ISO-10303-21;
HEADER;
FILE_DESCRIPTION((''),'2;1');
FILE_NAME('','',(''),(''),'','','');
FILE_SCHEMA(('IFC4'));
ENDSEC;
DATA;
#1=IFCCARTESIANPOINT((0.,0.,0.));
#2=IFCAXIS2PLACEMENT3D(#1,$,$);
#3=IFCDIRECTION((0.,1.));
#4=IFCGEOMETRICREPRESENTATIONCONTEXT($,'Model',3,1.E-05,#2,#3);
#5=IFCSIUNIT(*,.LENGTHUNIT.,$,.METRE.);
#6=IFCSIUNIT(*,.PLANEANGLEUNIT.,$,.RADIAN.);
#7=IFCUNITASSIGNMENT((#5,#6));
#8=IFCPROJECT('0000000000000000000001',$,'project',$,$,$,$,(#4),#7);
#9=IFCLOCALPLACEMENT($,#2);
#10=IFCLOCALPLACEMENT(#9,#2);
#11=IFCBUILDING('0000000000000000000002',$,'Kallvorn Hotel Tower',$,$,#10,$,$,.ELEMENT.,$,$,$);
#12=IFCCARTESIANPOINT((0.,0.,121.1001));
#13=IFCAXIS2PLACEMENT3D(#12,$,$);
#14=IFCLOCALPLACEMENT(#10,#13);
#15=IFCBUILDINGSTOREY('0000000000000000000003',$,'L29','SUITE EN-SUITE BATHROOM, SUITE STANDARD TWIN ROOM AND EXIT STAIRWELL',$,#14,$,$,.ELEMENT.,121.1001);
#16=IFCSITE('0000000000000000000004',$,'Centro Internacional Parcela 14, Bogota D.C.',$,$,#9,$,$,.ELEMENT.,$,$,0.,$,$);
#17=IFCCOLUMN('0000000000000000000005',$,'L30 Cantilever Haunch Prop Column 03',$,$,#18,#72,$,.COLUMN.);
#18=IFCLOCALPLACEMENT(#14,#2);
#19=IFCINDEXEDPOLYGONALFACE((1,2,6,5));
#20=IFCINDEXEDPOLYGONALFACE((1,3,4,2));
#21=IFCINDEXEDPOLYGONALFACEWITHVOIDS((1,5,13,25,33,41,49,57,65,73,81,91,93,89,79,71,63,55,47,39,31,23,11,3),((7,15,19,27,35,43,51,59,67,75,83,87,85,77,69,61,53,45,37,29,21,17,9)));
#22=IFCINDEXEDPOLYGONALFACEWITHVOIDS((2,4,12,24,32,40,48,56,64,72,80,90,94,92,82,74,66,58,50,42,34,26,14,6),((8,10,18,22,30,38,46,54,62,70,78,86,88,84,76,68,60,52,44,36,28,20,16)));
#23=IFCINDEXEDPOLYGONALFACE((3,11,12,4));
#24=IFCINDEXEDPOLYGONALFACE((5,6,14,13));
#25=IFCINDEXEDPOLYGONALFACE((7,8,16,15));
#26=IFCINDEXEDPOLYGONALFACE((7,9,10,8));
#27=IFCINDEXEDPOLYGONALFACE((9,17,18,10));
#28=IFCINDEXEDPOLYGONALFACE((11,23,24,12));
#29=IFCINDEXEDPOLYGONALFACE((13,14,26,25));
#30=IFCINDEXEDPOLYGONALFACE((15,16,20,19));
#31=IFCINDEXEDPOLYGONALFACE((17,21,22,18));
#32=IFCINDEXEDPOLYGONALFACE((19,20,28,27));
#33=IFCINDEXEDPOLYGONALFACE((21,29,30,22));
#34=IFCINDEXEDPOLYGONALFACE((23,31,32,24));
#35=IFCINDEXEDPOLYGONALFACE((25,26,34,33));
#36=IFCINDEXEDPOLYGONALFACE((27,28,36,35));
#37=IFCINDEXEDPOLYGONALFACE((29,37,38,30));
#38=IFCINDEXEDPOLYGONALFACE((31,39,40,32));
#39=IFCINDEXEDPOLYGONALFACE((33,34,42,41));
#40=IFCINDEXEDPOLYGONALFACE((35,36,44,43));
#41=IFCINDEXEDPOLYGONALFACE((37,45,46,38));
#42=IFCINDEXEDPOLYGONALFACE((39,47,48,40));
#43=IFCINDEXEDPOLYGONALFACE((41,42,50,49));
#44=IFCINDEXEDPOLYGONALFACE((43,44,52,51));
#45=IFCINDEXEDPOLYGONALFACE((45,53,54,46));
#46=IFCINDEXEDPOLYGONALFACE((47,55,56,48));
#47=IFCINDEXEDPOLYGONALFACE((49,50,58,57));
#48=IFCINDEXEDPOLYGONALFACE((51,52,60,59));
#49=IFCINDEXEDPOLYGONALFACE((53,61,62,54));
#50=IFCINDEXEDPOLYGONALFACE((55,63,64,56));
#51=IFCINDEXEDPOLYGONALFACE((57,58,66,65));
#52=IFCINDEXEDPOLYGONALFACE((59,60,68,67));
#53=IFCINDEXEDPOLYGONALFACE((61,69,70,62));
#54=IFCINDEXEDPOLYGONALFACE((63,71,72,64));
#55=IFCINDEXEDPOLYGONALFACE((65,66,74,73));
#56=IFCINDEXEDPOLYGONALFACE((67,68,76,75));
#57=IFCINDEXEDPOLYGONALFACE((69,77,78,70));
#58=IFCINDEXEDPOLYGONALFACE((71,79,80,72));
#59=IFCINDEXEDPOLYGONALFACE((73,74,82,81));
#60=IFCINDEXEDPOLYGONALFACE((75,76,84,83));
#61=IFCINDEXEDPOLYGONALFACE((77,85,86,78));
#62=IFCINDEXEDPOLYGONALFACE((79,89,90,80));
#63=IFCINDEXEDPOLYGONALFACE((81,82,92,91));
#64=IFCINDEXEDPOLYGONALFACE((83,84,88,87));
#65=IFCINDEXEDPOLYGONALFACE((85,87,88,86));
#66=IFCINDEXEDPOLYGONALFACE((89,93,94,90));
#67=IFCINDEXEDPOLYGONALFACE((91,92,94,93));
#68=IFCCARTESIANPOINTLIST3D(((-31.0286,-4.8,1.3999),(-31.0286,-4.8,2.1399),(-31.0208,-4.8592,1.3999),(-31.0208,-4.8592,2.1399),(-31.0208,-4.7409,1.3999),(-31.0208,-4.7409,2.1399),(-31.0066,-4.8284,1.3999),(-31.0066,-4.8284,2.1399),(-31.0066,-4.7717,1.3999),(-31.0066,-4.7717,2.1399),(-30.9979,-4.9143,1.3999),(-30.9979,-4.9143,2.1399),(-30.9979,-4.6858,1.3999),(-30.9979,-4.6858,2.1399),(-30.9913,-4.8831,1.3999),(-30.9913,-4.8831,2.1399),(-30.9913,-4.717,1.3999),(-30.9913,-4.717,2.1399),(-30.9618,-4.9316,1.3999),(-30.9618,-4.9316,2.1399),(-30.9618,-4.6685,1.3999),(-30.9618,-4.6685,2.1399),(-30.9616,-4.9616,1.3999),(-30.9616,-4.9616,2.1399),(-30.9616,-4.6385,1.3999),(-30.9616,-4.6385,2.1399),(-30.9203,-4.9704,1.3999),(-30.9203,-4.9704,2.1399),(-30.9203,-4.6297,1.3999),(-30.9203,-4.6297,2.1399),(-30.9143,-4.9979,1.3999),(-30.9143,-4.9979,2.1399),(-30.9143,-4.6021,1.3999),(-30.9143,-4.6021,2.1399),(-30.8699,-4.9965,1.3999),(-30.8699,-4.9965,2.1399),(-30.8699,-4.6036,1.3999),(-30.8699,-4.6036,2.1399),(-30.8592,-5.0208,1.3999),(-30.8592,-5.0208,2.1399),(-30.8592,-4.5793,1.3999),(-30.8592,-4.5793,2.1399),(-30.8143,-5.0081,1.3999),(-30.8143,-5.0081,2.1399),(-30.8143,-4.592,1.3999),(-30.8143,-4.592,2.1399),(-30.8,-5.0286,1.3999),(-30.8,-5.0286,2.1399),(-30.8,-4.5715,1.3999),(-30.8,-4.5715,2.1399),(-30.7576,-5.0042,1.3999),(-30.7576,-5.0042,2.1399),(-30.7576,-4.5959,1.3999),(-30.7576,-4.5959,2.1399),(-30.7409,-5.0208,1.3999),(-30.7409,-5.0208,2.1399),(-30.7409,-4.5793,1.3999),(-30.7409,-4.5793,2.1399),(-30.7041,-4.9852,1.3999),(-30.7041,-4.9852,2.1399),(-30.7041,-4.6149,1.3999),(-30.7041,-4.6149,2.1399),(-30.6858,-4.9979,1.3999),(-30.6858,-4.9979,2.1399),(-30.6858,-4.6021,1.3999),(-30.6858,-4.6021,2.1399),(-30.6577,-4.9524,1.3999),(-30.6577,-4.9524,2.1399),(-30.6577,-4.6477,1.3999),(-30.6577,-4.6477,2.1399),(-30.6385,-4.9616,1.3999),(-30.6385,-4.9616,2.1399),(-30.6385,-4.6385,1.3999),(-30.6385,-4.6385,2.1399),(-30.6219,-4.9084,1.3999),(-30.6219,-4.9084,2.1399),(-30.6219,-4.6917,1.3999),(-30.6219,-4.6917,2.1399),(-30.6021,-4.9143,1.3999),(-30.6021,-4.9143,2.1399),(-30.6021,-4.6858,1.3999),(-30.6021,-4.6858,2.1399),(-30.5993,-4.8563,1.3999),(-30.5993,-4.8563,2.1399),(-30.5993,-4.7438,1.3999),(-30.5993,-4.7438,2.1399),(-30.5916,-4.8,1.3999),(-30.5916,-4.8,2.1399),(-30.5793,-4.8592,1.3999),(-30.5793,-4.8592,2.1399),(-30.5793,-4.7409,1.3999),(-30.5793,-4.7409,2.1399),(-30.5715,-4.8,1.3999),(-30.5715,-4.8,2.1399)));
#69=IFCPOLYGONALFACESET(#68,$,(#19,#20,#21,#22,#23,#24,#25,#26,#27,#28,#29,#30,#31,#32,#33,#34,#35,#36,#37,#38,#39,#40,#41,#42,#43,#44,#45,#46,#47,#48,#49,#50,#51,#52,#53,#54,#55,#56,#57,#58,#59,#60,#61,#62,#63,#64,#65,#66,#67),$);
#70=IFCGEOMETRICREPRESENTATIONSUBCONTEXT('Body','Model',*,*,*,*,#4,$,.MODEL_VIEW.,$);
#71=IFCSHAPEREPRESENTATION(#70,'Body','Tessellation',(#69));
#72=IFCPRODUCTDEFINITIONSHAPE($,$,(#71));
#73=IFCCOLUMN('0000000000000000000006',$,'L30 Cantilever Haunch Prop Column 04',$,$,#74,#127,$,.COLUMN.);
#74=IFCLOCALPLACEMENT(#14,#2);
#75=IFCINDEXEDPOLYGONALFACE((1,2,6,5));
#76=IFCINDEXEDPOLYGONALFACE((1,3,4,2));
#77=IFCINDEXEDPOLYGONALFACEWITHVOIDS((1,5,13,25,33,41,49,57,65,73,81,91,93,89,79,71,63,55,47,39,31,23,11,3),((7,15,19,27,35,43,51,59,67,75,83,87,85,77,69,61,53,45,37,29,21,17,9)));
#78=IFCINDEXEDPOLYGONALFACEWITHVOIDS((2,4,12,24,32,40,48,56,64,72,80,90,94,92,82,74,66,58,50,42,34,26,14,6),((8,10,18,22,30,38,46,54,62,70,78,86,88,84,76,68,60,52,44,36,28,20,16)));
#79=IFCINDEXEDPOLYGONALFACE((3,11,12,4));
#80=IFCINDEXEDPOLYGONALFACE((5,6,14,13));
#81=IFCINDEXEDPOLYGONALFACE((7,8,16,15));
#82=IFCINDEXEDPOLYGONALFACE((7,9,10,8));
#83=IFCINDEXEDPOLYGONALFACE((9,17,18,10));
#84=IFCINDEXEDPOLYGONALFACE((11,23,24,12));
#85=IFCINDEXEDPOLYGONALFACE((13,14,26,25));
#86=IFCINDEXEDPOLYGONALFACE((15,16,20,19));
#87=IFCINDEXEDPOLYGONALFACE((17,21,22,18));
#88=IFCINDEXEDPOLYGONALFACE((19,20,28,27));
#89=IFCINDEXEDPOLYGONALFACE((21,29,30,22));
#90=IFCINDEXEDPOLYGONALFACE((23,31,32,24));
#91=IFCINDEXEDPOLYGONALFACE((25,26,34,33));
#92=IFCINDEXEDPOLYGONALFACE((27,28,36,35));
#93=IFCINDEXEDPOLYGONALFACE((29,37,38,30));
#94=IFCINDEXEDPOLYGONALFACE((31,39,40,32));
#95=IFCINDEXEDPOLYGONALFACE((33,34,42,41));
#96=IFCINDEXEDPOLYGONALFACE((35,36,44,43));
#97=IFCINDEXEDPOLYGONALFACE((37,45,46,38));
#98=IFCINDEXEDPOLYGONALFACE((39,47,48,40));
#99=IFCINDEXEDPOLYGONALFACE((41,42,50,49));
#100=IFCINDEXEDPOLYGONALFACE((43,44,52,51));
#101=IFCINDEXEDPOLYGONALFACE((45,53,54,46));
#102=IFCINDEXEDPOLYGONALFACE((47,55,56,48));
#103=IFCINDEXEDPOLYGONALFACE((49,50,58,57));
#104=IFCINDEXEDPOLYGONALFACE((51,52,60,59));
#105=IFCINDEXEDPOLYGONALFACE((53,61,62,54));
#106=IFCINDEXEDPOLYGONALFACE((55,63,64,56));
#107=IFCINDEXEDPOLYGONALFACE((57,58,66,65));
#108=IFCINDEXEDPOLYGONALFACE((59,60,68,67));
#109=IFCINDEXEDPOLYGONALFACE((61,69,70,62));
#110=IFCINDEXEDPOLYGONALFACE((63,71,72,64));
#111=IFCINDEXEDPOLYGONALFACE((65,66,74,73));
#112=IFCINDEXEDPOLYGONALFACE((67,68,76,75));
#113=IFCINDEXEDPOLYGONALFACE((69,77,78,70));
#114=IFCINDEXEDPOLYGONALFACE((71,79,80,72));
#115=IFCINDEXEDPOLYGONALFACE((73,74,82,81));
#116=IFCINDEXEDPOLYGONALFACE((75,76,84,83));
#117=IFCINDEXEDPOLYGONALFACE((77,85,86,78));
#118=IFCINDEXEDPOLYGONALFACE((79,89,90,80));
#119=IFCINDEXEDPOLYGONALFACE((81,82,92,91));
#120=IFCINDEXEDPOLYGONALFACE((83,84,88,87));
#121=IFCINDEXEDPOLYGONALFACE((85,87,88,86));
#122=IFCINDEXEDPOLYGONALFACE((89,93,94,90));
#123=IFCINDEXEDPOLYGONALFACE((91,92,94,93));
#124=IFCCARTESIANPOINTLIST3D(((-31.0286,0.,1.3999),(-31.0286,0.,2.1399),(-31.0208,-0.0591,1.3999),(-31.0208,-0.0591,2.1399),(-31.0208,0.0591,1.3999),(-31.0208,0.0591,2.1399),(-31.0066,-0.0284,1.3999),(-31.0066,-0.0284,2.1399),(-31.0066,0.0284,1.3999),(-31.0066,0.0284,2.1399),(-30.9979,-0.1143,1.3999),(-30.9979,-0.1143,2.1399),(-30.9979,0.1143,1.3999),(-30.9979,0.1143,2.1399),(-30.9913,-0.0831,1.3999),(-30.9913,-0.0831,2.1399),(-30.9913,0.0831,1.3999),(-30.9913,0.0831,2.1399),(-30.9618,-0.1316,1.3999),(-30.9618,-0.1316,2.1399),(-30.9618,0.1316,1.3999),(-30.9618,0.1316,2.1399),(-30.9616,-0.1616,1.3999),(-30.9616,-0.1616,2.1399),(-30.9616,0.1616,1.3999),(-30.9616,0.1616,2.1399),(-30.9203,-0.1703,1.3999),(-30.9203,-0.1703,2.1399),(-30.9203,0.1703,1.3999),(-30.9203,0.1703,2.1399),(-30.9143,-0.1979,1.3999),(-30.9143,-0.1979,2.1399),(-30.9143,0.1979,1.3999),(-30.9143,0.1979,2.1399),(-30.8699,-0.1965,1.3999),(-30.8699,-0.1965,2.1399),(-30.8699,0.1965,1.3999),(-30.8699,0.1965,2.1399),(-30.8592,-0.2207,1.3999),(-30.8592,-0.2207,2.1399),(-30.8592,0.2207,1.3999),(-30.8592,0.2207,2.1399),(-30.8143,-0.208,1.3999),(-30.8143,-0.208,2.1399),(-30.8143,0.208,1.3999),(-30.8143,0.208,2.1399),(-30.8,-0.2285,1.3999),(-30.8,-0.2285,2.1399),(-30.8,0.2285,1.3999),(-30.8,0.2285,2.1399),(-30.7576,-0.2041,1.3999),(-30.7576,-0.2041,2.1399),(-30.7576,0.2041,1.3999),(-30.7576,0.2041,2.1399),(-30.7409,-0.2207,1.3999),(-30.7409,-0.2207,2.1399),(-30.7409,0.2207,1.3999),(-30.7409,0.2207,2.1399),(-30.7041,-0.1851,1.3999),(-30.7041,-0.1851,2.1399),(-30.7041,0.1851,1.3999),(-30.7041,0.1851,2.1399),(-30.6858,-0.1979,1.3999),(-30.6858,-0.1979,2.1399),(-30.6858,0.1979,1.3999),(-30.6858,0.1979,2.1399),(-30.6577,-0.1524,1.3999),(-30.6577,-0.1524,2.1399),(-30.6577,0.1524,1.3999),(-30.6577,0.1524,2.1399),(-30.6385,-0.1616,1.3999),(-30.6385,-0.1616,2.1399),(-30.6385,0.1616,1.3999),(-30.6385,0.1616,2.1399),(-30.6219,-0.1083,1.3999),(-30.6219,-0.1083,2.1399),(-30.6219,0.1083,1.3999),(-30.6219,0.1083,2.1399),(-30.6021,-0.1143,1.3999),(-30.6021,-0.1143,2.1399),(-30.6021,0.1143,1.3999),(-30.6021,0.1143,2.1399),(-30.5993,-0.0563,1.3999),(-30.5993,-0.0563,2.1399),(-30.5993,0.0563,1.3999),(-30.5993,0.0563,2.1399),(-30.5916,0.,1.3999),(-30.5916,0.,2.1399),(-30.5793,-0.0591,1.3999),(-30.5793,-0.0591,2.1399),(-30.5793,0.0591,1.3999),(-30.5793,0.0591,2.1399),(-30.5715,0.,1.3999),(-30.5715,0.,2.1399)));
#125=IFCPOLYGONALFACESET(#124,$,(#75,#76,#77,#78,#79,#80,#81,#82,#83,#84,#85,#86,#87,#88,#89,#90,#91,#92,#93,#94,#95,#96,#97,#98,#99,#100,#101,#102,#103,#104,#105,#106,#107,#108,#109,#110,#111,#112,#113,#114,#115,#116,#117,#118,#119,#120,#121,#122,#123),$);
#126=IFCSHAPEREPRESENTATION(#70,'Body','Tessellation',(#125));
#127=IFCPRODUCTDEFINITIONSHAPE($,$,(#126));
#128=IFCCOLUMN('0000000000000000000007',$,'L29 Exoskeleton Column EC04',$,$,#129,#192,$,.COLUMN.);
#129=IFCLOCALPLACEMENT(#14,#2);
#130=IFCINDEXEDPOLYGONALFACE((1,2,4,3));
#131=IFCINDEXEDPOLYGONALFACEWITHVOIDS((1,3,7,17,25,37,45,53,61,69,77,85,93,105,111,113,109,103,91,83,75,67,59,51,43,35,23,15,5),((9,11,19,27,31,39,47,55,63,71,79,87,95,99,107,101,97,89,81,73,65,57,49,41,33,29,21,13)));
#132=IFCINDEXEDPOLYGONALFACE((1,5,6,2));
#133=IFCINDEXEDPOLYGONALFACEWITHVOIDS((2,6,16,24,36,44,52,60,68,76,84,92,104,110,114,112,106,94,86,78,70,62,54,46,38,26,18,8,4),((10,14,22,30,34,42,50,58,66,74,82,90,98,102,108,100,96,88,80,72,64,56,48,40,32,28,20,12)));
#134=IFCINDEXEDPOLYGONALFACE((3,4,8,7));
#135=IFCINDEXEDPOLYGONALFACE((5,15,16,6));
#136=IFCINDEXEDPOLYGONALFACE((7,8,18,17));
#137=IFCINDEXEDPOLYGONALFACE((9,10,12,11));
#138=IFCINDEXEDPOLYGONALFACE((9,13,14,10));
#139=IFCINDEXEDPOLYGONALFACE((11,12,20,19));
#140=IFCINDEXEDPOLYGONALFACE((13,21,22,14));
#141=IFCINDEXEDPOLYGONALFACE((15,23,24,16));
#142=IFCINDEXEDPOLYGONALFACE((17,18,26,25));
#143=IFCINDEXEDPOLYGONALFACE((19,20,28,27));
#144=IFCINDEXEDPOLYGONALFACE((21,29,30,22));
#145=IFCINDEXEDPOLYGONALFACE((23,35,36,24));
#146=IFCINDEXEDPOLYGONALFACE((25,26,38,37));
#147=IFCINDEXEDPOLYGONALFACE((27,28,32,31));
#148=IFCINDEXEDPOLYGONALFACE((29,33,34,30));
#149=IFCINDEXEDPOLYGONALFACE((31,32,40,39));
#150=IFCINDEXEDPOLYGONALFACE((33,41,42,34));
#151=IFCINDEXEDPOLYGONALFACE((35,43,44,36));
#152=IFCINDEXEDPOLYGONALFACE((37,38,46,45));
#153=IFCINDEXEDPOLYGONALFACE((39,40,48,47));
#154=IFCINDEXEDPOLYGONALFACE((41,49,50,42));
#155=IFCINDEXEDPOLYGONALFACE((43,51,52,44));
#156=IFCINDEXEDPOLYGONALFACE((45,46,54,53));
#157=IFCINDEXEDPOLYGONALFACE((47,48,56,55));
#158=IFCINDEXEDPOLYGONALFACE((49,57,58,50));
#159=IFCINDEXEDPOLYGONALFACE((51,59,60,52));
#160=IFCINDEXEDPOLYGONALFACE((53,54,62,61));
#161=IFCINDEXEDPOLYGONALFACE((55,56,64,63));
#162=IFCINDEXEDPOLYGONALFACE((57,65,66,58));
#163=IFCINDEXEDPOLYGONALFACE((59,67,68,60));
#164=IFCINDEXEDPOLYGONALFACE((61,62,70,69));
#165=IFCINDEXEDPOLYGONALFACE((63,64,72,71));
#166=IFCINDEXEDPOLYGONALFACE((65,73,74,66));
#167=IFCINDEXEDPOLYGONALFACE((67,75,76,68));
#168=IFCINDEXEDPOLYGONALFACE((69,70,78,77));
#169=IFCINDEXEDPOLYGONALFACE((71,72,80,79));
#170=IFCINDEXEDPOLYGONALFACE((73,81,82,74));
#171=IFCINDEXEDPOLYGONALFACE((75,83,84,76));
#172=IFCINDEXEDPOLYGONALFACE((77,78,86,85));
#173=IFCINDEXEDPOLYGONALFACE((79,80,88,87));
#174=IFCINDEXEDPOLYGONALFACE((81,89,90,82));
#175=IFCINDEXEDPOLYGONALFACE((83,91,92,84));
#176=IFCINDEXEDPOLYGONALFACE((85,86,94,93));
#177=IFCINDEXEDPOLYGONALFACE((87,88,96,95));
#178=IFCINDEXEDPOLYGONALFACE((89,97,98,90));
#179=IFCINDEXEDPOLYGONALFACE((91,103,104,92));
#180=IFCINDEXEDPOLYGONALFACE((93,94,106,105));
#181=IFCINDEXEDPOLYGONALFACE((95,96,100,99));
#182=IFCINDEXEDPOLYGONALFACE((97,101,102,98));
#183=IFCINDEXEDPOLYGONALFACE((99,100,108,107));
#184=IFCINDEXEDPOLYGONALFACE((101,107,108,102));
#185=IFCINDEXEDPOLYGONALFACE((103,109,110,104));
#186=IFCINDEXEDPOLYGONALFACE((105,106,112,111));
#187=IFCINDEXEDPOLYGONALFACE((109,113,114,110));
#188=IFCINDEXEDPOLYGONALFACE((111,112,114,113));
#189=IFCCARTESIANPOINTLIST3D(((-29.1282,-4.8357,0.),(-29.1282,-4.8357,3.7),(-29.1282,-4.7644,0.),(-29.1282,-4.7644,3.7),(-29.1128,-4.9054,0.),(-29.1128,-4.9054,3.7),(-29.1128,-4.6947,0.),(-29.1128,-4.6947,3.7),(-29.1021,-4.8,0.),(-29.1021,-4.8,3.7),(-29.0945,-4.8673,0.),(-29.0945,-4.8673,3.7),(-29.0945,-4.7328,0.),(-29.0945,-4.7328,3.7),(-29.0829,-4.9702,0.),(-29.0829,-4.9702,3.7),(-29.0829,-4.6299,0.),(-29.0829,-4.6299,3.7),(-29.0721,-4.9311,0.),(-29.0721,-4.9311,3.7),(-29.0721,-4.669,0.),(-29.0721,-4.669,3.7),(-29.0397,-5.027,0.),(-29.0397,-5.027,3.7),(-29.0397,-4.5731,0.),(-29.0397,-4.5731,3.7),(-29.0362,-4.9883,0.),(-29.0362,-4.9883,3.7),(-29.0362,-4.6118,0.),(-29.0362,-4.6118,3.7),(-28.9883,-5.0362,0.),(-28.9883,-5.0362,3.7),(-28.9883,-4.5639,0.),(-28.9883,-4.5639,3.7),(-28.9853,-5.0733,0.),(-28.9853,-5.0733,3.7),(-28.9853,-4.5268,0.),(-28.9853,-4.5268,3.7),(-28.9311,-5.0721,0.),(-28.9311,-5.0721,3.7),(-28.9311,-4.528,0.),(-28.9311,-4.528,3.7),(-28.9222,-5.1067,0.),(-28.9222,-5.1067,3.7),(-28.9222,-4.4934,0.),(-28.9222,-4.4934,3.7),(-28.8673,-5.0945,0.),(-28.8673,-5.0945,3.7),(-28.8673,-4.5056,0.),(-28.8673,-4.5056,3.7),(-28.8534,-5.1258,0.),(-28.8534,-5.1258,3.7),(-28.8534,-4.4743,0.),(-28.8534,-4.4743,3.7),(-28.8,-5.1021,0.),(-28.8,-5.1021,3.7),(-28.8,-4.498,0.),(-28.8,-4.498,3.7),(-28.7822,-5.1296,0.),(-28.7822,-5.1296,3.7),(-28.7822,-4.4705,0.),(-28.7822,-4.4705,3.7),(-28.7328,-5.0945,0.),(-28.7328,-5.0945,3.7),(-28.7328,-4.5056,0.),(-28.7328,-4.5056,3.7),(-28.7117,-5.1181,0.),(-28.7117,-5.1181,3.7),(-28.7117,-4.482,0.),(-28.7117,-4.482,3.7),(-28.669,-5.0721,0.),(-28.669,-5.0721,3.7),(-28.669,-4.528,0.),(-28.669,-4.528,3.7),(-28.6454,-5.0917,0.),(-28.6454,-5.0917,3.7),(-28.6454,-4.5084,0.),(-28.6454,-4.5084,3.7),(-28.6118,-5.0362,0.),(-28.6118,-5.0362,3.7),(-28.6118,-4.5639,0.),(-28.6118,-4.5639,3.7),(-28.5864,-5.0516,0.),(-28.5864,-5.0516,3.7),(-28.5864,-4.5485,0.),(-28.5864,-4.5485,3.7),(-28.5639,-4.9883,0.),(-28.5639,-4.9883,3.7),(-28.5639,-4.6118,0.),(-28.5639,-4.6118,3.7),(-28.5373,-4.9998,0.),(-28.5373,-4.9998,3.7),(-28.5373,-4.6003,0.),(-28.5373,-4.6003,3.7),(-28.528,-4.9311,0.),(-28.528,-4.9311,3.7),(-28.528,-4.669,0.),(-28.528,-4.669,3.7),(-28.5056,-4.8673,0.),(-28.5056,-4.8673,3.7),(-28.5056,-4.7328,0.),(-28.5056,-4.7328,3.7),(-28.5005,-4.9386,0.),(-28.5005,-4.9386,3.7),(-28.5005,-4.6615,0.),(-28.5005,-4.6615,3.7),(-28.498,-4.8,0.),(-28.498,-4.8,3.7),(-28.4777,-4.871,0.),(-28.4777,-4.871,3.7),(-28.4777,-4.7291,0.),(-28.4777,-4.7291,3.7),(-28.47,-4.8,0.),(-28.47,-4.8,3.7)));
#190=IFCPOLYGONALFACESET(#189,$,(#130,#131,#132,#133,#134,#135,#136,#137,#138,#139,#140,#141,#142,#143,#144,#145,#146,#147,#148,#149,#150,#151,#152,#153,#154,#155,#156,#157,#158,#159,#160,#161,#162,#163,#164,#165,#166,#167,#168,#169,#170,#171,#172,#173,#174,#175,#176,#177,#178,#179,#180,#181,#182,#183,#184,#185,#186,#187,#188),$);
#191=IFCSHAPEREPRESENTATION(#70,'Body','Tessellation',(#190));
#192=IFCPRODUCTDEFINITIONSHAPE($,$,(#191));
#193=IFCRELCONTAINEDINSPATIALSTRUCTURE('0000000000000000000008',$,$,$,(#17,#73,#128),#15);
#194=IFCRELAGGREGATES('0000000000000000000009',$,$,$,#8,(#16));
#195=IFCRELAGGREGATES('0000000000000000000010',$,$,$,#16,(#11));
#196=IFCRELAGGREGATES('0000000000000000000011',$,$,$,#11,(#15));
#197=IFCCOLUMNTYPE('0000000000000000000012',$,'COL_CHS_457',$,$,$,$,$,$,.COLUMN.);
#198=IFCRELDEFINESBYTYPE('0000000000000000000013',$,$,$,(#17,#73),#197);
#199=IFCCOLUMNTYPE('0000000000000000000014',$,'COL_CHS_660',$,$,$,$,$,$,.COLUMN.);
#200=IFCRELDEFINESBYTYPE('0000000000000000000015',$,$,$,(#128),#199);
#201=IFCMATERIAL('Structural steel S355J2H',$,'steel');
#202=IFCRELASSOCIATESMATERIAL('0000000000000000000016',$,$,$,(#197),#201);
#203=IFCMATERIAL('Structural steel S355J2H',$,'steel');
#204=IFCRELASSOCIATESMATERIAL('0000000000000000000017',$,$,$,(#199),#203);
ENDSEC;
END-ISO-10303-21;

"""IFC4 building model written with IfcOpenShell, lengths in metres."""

from ifc_helpers import new_model, si_unit, direction, frame, origin, origin_2d, place, context, subcontext, project, spatial, hollow_circle, extrude, material, material_profile, profile_set, type_object, element, save


model = new_model("IFC4")

# Units and contexts
model_context = context("Model", 3, precision=1e-05, world=origin(), true_north=direction((0.0, 1.0)))
body_context = subcontext(model_context, "Body", "Model", "MODEL_VIEW")
ifc_project = project(units=[si_unit("LENGTHUNIT", "METRE"), si_unit("PLANEANGLEUNIT", "RADIAN")], contexts=[model_context])

# Site, building, storey
site_placement = place(None, origin())
site = spatial("IfcSite", under=ifc_project, at=site_placement, Name="Centro Internacional Parcela 14, Bogota D.C.", CompositionType="ELEMENT", RefElevation=0.0)
building_placement = place(site_placement, origin())
building = spatial("IfcBuilding", under=site, at=building_placement, Name="Kallvorn Hotel Tower", CompositionType="ELEMENT")
storey_placement = place(building_placement, frame((0.0, 0.0, 121.1001)))
storey = spatial("IfcBuildingStorey", under=building, at=storey_placement, Name="L29", Description="SUITE EN-SUITE BATHROOM, SUITE STANDARD TWIN ROOM AND EXIT STAIRWELL", CompositionType="ELEMENT", Elevation=121.1001)

# Columns
ifc_material_1 = material(Name="Structural steel S355J2H", Category="steel")
ifc_material_profile_1 = material_profile(ifc_material_1, hollow_circle(Radius=0.2285, WallThickness=0.02, at=origin_2d()), Name="CHS 457x20")
ifc_profile_set_1 = profile_set([ifc_material_profile_1], Name="Structural steel S355J2H")
column_type_1 = type_object("IfcColumnType", Name="COL_CHS_457", PredefinedType="COLUMN", material=ifc_profile_set_1)
for number, where, z_axis, x_axis, name in (
    (1, (-30.8, -4.8, 1.3999), (0.0, 0.0, 1.0), (1.0, 0.0, 0.0), "L30 Cantilever Haunch Prop Column 03"),
    (2, (-30.8, 0.0, 1.3999), (0.0, 0.0, 1.0), (1.0, 0.0, 0.0), "L30 Cantilever Haunch Prop Column 04"),
):
    element("IfcColumn", number, at=place(storey_placement, frame(where, z_axis=z_axis, x_axis=x_axis)), inside=storey, type_object=column_type_1, Name=name, PredefinedType="COLUMN", context=body_context, shape_type="SweptSolid", body=[
        extrude(hollow_circle(Radius=0.2285, WallThickness=0.02, at=origin_2d()), origin(), (0.0, 0.0, 1.0), 0.74),
    ])
ifc_material_2 = material(Name="Structural steel S355J2H", Category="steel")
ifc_material_profile_2 = material_profile(ifc_material_2, hollow_circle(Radius=0.3301, WallThickness=0.0281, at=origin_2d()), Name="CHS 660x28")
ifc_profile_set_2 = profile_set([ifc_material_profile_2], Name="Structural steel S355J2H")
column_type_2 = type_object("IfcColumnType", Name="COL_CHS_660", PredefinedType="COLUMN", material=ifc_profile_set_2)
column_placement = place(storey_placement, frame((-28.8, -4.8, 0.0), z_axis=(0.0, 0.0, 1.0), x_axis=(1.0, 0.0, 0.0)))
element("IfcColumn", 3, at=column_placement, inside=storey, type_object=column_type_2, Name="L29 Exoskeleton Column EC04", PredefinedType="COLUMN", context=body_context, shape_type="SweptSolid", body=[
    extrude(hollow_circle(Radius=0.3301, WallThickness=0.0281, at=origin_2d()), origin(), (0.0, 0.0, 1.0), 3.7),
])

save(model, "model.ifc")
